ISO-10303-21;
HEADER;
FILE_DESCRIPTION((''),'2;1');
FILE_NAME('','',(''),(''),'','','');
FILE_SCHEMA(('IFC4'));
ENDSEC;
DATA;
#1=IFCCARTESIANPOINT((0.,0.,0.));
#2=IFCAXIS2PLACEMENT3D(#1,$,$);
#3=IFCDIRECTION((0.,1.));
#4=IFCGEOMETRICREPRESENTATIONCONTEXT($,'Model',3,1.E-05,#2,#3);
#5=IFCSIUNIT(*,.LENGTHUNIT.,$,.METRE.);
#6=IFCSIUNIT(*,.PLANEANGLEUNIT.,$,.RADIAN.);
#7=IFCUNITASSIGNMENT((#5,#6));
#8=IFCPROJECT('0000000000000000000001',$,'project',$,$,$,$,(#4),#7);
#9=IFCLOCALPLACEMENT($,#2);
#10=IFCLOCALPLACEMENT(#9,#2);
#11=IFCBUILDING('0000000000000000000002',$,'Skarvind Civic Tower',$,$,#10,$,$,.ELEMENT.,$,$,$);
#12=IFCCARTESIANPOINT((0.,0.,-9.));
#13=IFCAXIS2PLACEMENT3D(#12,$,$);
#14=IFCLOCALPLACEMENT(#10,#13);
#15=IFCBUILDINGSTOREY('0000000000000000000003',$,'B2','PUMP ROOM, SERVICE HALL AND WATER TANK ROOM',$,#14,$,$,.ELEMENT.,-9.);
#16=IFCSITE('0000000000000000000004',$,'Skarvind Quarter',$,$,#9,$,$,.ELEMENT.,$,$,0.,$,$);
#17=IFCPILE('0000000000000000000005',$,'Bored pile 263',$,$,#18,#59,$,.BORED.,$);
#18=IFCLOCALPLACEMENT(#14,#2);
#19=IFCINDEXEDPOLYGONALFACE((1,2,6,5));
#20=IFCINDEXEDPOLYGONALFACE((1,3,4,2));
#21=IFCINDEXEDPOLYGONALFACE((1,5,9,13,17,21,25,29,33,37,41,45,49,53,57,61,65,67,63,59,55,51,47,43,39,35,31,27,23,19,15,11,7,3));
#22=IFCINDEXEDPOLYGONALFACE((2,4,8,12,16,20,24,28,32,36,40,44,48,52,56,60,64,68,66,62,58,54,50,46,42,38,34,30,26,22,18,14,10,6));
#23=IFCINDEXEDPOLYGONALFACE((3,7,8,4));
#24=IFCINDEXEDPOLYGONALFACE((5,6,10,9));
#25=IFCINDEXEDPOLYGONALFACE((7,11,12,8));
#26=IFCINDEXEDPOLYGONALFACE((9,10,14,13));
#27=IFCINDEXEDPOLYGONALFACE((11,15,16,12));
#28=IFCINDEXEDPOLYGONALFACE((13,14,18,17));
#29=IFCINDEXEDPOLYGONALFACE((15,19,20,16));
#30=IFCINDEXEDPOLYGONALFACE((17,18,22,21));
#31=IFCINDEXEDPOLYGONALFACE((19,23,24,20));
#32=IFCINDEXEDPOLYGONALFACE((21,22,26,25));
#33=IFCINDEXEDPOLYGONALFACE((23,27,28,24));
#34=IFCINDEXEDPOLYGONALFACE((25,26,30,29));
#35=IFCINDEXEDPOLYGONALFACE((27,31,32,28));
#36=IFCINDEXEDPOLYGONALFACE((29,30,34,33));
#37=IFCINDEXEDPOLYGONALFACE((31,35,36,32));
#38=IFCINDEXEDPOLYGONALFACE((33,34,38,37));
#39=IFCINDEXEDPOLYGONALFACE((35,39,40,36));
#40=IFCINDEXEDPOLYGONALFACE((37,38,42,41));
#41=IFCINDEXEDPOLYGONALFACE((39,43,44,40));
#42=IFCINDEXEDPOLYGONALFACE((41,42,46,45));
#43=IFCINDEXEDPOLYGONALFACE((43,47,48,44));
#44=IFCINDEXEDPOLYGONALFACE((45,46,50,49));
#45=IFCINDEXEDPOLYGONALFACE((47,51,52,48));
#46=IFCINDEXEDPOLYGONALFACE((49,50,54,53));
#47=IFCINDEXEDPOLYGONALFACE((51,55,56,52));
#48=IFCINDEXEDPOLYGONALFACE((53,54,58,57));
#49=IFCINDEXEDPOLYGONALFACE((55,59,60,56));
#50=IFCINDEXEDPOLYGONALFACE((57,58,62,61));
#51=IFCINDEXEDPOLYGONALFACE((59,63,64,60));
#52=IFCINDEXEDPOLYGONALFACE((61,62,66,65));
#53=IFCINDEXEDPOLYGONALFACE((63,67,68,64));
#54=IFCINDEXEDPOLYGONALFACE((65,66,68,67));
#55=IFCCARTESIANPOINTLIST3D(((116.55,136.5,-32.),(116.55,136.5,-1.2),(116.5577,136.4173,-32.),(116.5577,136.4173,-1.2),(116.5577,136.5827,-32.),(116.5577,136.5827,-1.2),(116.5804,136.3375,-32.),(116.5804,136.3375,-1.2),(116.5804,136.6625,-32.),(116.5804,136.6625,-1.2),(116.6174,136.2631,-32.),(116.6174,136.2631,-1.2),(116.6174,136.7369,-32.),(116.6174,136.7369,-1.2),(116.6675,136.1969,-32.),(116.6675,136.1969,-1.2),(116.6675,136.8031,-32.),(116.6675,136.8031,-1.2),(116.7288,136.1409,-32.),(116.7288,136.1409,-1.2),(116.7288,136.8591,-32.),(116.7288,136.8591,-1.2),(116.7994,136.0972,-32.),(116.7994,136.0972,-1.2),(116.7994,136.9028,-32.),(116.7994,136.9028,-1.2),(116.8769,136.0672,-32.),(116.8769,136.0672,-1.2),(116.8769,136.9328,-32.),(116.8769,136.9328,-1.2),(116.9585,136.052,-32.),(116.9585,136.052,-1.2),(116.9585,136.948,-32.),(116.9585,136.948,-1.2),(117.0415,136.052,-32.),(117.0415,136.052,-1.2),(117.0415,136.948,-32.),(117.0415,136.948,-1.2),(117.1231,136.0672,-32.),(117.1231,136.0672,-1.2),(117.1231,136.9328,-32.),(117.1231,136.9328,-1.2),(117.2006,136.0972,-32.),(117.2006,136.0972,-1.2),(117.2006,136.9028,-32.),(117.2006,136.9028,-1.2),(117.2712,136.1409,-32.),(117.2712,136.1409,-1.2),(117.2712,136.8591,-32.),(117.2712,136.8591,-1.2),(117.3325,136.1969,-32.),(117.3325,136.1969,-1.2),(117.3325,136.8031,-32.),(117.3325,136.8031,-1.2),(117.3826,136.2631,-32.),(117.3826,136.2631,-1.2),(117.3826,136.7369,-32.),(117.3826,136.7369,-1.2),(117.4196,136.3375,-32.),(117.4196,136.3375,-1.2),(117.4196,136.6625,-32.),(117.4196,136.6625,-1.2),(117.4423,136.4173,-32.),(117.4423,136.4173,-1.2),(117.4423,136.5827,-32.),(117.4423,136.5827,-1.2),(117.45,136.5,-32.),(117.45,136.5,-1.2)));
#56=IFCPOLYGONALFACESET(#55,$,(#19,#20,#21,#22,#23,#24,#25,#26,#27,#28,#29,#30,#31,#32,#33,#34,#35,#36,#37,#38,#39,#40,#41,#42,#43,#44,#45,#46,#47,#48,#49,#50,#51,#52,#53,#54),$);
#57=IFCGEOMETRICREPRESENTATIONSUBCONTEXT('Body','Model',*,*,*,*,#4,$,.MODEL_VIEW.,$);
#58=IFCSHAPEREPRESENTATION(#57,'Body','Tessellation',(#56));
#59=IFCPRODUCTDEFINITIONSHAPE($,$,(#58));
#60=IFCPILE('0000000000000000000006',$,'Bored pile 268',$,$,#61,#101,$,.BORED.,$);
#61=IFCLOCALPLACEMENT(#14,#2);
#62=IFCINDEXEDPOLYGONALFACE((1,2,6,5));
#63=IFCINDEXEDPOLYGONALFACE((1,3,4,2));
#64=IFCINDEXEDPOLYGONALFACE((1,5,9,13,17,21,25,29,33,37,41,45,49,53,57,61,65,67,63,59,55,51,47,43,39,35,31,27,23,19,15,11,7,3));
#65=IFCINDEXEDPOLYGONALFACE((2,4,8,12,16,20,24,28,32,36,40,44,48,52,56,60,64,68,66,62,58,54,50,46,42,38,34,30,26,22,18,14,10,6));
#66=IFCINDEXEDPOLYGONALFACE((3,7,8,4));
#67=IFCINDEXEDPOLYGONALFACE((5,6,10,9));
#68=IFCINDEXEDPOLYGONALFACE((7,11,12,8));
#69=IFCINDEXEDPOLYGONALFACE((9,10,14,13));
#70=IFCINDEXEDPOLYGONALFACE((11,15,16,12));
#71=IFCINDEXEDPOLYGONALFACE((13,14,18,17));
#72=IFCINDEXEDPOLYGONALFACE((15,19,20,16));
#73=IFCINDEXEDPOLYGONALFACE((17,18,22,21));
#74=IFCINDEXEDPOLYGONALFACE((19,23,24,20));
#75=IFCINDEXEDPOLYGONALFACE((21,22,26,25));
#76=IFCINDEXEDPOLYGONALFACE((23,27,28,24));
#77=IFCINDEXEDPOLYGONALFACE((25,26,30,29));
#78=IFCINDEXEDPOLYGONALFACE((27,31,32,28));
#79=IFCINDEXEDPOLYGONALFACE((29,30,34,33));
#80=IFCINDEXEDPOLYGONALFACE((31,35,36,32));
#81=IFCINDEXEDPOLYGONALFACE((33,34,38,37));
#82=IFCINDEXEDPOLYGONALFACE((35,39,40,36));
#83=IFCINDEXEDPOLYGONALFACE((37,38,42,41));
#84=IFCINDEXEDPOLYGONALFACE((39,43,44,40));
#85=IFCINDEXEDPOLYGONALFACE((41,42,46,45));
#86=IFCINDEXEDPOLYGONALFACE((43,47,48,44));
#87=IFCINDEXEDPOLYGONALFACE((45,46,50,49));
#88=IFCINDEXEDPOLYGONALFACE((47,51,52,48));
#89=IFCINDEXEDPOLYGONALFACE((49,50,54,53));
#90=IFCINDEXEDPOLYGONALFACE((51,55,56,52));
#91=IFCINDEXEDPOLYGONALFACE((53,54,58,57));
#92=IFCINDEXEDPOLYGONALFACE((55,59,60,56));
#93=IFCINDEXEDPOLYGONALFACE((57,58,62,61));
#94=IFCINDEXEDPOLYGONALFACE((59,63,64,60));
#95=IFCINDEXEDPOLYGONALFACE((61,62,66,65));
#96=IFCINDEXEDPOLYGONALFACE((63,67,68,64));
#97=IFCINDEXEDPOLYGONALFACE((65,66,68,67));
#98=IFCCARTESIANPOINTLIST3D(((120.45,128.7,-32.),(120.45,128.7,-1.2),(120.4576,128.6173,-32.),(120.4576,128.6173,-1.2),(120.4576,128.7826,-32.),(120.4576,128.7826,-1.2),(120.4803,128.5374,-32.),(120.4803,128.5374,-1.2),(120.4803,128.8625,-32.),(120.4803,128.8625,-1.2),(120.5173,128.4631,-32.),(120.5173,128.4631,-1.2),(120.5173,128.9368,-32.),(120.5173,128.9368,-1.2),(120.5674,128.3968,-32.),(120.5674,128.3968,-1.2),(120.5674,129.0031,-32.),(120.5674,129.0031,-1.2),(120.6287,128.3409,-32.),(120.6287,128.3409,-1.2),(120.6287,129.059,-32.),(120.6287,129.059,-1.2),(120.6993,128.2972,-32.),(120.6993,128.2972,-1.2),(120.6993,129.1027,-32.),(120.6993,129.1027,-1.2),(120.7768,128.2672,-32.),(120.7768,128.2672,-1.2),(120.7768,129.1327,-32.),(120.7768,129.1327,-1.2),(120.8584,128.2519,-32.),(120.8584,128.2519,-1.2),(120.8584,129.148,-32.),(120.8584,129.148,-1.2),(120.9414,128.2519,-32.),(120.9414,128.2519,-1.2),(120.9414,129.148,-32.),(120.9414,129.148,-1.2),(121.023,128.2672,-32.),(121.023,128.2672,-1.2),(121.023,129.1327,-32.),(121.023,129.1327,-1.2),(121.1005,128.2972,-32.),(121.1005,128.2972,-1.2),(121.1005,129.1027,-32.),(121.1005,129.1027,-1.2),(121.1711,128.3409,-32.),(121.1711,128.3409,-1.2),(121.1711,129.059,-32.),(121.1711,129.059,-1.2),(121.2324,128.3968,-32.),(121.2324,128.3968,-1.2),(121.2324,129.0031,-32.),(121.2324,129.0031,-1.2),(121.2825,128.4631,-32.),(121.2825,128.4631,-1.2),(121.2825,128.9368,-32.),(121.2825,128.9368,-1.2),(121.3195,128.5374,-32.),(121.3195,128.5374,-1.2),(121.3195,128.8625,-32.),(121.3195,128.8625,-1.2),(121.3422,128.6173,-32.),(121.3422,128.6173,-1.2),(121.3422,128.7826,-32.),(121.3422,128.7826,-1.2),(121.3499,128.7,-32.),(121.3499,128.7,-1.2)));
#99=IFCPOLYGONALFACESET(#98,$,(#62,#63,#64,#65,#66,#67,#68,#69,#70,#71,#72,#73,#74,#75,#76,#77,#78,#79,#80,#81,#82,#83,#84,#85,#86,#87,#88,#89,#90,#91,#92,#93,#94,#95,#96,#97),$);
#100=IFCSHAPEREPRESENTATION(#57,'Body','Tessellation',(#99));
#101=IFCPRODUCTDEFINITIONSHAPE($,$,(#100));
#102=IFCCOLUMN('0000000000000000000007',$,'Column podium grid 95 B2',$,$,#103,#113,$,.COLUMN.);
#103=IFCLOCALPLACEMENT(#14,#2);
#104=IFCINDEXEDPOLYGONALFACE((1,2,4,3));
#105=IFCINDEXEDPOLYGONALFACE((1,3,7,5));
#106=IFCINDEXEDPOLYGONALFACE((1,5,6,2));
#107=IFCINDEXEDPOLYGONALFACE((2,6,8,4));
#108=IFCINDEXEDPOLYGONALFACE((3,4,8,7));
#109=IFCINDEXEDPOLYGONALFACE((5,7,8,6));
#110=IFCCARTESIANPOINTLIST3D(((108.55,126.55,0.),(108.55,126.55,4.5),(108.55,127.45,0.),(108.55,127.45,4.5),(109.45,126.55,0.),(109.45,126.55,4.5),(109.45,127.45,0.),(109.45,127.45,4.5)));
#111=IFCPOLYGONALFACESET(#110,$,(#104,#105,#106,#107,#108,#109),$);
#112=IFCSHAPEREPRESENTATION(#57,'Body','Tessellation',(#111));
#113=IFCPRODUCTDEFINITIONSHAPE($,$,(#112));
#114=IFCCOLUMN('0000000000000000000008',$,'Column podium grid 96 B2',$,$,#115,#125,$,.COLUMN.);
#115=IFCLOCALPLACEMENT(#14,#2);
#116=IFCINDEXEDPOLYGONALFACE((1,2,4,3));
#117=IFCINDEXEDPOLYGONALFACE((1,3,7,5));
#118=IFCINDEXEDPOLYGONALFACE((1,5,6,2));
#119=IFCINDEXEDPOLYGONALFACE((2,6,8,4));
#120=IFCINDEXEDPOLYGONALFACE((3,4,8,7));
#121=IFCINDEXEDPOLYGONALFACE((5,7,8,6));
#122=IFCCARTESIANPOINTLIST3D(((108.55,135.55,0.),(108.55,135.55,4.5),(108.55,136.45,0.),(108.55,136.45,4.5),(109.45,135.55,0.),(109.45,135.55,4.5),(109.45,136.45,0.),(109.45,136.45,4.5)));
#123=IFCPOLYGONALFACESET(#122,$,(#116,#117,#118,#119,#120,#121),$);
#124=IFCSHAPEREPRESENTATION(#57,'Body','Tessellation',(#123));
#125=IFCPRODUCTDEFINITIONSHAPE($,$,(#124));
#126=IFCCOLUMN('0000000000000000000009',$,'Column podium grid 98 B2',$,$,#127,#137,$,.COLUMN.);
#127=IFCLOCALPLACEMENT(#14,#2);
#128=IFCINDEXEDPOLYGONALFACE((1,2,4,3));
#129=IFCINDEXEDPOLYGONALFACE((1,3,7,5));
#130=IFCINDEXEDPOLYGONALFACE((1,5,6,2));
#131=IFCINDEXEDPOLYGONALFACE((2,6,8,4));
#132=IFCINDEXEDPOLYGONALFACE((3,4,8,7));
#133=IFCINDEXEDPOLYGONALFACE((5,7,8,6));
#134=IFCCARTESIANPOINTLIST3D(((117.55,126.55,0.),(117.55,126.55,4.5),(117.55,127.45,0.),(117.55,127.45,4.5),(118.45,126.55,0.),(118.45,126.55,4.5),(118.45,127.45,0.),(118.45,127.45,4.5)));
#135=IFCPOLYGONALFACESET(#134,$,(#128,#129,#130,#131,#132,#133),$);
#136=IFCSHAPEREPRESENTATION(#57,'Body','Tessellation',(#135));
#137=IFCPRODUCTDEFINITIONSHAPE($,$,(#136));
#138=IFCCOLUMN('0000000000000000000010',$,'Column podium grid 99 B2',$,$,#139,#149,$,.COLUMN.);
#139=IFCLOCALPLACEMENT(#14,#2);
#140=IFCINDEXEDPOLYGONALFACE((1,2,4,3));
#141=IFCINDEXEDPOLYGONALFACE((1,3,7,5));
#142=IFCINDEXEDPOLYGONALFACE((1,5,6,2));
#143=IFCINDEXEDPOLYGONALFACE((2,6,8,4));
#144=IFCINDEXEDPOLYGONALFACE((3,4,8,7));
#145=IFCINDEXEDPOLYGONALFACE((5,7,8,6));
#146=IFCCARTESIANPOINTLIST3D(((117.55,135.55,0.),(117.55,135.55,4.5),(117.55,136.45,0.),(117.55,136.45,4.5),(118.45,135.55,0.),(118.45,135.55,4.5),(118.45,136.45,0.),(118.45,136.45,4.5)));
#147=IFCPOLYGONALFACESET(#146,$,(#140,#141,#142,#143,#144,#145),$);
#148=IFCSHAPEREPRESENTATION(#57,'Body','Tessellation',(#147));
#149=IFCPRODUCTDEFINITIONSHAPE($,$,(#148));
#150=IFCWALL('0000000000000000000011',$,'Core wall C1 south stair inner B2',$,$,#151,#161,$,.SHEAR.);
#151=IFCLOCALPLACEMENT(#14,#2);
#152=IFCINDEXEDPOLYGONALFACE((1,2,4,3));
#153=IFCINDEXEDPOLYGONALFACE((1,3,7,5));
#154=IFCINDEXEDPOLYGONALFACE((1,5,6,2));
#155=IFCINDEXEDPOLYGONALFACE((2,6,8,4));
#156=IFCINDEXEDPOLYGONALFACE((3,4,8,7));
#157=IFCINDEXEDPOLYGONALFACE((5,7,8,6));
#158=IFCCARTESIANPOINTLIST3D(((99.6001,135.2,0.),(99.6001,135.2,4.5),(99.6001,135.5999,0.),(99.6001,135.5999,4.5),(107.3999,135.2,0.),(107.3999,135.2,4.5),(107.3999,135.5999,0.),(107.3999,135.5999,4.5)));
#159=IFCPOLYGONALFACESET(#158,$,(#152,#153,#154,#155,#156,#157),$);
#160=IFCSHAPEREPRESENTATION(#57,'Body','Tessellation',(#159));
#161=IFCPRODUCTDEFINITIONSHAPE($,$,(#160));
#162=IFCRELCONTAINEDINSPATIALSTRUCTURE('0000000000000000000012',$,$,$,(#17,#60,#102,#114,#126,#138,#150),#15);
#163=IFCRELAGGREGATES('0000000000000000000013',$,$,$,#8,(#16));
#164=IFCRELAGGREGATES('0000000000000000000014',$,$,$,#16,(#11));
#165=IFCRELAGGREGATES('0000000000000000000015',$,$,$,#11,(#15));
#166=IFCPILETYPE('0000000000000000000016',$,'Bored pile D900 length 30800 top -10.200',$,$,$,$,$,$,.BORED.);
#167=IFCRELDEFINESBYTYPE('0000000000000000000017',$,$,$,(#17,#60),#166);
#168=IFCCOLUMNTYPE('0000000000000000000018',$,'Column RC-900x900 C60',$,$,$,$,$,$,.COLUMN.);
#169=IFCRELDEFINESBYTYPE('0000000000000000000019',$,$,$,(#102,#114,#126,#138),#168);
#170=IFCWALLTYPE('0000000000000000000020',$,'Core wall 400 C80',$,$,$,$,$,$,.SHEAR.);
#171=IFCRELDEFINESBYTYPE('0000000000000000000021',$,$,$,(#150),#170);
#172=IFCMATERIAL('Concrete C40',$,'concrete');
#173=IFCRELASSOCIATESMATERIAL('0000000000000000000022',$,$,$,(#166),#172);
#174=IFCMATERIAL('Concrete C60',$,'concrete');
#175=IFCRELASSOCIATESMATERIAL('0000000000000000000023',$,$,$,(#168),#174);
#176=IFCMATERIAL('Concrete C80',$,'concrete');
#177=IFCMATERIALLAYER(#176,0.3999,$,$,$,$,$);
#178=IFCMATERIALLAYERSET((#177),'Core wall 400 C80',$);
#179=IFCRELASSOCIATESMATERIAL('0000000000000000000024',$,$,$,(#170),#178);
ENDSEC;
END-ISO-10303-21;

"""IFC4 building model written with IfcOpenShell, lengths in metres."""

from ifc_helpers import new_model, si_unit, direction, frame, frame_2d, origin, origin_2d, place, context, subcontext, project, spatial, rectangle, circle, extrude, material, layer, layer_set, material_profile, profile_set, type_object, element, save


model = new_model("IFC4")

# Units and contexts
model_context = context("Model", 3, precision=1e-05, world=origin(), true_north=direction((0.0, 1.0)))
body_context = subcontext(model_context, "Body", "Model", "MODEL_VIEW")
ifc_project = project(units=[si_unit("LENGTHUNIT", "METRE"), si_unit("PLANEANGLEUNIT", "RADIAN")], contexts=[model_context])

# Site, building, storey
site_placement = place(None, origin())
site = spatial("IfcSite", under=ifc_project, at=site_placement, Name="Skarvind Quarter", CompositionType="ELEMENT", RefElevation=0.0)
building_placement = place(site_placement, origin())
building = spatial("IfcBuilding", under=site, at=building_placement, Name="Skarvind Civic Tower", CompositionType="ELEMENT")
storey_placement = place(building_placement, frame((0.0, 0.0, -9.0)))
storey = spatial("IfcBuildingStorey", under=building, at=storey_placement, Name="B2", Description="PUMP ROOM, SERVICE HALL AND WATER TANK ROOM", CompositionType="ELEMENT", Elevation=-9.0)

# Piles
ifc_material_1 = material(Name="Concrete C40", Category="concrete")
pile_type_1 = type_object("IfcPileType", Name="Bored pile D900 length 30800 top -10.200", PredefinedType="BORED", material=ifc_material_1)
for number, where, z_axis, x_axis, name in (
    (1, (117.0, 136.5, -1.2), (0.0, 0.0, -1.0), (1.0, 0.0, 0.0), "Bored pile 263"),
    (2, (120.8999, 128.7, -1.2), (0.0, 0.0, -1.0), (1.0, 0.0, 0.0), "Bored pile 268"),
):
    element("IfcPile", number, at=place(storey_placement, frame(where, z_axis=z_axis, x_axis=x_axis)), inside=storey, type_object=pile_type_1, Name=name, PredefinedType="BORED", context=body_context, shape_type="SweptSolid", body=[
        extrude(circle(Radius=0.45, at=origin_2d()), origin(), (0.0, 0.0, 1.0), 30.8),
    ])

# Columns
ifc_material_2 = material(Name="Concrete C60", Category="concrete")
ifc_material_profile = material_profile(ifc_material_2, rectangle(XDim=0.8999, YDim=0.8999, at=origin_2d()), Name="RC-900x900")
ifc_profile_set = profile_set([ifc_material_profile], Name="Concrete C60")
column_type = type_object("IfcColumnType", Name="Column RC-900x900 C60", PredefinedType="COLUMN", material=ifc_profile_set)
for number, where, z_axis, x_axis, name in (
    (3, (109.0, 127.0, 0.0), (0.0, 0.0, 1.0), (1.0, 0.0, 0.0), "Column podium grid 95 B2"),
    (4, (109.0, 136.0, 0.0), (0.0, 0.0, 1.0), (1.0, 0.0, 0.0), "Column podium grid 96 B2"),
    (5, (118.0, 127.0, 0.0), (0.0, 0.0, 1.0), (1.0, 0.0, 0.0), "Column podium grid 98 B2"),
    (6, (118.0, 136.0, 0.0), (0.0, 0.0, 1.0), (1.0, 0.0, 0.0), "Column podium grid 99 B2"),
):
    element("IfcColumn", number, at=place(storey_placement, frame(where, z_axis=z_axis, x_axis=x_axis)), inside=storey, type_object=column_type, Name=name, PredefinedType="COLUMN", context=body_context, shape_type="SweptSolid", body=[
        extrude(rectangle(XDim=0.8999, YDim=0.8999, at=origin_2d()), origin(), (0.0, 0.0, 1.0), 4.5),
    ])

# Wall
ifc_material_3 = material(Name="Concrete C80", Category="concrete")
ifc_layer_1 = layer(ifc_material_3, 0.3999)
ifc_layer_set_1 = layer_set([ifc_layer_1], Name="Core wall 400 C80")
wall_type_1 = type_object("IfcWallType", Name="Core wall 400 C80", PredefinedType="SHEAR", material=ifc_layer_set_1)
wall_1_placement = place(storey_placement, frame((107.3999, 135.3999, 0.0), z_axis=(0.0, 0.0, 1.0), x_axis=(-1.0, 0.0, 0.0)))
element("IfcWall", 7, at=wall_1_placement, inside=storey, type_object=wall_type_1, Name="Core wall C1 south stair inner B2", PredefinedType="SHEAR", context=body_context, shape_type="SweptSolid", body=[
    extrude(rectangle(XDim=7.7998, YDim=0.3999, at=frame_2d((3.8999, 0.0))), origin(), (0.0, 0.0, 1.0), 4.5),
])

save(model, "model.ifc")
